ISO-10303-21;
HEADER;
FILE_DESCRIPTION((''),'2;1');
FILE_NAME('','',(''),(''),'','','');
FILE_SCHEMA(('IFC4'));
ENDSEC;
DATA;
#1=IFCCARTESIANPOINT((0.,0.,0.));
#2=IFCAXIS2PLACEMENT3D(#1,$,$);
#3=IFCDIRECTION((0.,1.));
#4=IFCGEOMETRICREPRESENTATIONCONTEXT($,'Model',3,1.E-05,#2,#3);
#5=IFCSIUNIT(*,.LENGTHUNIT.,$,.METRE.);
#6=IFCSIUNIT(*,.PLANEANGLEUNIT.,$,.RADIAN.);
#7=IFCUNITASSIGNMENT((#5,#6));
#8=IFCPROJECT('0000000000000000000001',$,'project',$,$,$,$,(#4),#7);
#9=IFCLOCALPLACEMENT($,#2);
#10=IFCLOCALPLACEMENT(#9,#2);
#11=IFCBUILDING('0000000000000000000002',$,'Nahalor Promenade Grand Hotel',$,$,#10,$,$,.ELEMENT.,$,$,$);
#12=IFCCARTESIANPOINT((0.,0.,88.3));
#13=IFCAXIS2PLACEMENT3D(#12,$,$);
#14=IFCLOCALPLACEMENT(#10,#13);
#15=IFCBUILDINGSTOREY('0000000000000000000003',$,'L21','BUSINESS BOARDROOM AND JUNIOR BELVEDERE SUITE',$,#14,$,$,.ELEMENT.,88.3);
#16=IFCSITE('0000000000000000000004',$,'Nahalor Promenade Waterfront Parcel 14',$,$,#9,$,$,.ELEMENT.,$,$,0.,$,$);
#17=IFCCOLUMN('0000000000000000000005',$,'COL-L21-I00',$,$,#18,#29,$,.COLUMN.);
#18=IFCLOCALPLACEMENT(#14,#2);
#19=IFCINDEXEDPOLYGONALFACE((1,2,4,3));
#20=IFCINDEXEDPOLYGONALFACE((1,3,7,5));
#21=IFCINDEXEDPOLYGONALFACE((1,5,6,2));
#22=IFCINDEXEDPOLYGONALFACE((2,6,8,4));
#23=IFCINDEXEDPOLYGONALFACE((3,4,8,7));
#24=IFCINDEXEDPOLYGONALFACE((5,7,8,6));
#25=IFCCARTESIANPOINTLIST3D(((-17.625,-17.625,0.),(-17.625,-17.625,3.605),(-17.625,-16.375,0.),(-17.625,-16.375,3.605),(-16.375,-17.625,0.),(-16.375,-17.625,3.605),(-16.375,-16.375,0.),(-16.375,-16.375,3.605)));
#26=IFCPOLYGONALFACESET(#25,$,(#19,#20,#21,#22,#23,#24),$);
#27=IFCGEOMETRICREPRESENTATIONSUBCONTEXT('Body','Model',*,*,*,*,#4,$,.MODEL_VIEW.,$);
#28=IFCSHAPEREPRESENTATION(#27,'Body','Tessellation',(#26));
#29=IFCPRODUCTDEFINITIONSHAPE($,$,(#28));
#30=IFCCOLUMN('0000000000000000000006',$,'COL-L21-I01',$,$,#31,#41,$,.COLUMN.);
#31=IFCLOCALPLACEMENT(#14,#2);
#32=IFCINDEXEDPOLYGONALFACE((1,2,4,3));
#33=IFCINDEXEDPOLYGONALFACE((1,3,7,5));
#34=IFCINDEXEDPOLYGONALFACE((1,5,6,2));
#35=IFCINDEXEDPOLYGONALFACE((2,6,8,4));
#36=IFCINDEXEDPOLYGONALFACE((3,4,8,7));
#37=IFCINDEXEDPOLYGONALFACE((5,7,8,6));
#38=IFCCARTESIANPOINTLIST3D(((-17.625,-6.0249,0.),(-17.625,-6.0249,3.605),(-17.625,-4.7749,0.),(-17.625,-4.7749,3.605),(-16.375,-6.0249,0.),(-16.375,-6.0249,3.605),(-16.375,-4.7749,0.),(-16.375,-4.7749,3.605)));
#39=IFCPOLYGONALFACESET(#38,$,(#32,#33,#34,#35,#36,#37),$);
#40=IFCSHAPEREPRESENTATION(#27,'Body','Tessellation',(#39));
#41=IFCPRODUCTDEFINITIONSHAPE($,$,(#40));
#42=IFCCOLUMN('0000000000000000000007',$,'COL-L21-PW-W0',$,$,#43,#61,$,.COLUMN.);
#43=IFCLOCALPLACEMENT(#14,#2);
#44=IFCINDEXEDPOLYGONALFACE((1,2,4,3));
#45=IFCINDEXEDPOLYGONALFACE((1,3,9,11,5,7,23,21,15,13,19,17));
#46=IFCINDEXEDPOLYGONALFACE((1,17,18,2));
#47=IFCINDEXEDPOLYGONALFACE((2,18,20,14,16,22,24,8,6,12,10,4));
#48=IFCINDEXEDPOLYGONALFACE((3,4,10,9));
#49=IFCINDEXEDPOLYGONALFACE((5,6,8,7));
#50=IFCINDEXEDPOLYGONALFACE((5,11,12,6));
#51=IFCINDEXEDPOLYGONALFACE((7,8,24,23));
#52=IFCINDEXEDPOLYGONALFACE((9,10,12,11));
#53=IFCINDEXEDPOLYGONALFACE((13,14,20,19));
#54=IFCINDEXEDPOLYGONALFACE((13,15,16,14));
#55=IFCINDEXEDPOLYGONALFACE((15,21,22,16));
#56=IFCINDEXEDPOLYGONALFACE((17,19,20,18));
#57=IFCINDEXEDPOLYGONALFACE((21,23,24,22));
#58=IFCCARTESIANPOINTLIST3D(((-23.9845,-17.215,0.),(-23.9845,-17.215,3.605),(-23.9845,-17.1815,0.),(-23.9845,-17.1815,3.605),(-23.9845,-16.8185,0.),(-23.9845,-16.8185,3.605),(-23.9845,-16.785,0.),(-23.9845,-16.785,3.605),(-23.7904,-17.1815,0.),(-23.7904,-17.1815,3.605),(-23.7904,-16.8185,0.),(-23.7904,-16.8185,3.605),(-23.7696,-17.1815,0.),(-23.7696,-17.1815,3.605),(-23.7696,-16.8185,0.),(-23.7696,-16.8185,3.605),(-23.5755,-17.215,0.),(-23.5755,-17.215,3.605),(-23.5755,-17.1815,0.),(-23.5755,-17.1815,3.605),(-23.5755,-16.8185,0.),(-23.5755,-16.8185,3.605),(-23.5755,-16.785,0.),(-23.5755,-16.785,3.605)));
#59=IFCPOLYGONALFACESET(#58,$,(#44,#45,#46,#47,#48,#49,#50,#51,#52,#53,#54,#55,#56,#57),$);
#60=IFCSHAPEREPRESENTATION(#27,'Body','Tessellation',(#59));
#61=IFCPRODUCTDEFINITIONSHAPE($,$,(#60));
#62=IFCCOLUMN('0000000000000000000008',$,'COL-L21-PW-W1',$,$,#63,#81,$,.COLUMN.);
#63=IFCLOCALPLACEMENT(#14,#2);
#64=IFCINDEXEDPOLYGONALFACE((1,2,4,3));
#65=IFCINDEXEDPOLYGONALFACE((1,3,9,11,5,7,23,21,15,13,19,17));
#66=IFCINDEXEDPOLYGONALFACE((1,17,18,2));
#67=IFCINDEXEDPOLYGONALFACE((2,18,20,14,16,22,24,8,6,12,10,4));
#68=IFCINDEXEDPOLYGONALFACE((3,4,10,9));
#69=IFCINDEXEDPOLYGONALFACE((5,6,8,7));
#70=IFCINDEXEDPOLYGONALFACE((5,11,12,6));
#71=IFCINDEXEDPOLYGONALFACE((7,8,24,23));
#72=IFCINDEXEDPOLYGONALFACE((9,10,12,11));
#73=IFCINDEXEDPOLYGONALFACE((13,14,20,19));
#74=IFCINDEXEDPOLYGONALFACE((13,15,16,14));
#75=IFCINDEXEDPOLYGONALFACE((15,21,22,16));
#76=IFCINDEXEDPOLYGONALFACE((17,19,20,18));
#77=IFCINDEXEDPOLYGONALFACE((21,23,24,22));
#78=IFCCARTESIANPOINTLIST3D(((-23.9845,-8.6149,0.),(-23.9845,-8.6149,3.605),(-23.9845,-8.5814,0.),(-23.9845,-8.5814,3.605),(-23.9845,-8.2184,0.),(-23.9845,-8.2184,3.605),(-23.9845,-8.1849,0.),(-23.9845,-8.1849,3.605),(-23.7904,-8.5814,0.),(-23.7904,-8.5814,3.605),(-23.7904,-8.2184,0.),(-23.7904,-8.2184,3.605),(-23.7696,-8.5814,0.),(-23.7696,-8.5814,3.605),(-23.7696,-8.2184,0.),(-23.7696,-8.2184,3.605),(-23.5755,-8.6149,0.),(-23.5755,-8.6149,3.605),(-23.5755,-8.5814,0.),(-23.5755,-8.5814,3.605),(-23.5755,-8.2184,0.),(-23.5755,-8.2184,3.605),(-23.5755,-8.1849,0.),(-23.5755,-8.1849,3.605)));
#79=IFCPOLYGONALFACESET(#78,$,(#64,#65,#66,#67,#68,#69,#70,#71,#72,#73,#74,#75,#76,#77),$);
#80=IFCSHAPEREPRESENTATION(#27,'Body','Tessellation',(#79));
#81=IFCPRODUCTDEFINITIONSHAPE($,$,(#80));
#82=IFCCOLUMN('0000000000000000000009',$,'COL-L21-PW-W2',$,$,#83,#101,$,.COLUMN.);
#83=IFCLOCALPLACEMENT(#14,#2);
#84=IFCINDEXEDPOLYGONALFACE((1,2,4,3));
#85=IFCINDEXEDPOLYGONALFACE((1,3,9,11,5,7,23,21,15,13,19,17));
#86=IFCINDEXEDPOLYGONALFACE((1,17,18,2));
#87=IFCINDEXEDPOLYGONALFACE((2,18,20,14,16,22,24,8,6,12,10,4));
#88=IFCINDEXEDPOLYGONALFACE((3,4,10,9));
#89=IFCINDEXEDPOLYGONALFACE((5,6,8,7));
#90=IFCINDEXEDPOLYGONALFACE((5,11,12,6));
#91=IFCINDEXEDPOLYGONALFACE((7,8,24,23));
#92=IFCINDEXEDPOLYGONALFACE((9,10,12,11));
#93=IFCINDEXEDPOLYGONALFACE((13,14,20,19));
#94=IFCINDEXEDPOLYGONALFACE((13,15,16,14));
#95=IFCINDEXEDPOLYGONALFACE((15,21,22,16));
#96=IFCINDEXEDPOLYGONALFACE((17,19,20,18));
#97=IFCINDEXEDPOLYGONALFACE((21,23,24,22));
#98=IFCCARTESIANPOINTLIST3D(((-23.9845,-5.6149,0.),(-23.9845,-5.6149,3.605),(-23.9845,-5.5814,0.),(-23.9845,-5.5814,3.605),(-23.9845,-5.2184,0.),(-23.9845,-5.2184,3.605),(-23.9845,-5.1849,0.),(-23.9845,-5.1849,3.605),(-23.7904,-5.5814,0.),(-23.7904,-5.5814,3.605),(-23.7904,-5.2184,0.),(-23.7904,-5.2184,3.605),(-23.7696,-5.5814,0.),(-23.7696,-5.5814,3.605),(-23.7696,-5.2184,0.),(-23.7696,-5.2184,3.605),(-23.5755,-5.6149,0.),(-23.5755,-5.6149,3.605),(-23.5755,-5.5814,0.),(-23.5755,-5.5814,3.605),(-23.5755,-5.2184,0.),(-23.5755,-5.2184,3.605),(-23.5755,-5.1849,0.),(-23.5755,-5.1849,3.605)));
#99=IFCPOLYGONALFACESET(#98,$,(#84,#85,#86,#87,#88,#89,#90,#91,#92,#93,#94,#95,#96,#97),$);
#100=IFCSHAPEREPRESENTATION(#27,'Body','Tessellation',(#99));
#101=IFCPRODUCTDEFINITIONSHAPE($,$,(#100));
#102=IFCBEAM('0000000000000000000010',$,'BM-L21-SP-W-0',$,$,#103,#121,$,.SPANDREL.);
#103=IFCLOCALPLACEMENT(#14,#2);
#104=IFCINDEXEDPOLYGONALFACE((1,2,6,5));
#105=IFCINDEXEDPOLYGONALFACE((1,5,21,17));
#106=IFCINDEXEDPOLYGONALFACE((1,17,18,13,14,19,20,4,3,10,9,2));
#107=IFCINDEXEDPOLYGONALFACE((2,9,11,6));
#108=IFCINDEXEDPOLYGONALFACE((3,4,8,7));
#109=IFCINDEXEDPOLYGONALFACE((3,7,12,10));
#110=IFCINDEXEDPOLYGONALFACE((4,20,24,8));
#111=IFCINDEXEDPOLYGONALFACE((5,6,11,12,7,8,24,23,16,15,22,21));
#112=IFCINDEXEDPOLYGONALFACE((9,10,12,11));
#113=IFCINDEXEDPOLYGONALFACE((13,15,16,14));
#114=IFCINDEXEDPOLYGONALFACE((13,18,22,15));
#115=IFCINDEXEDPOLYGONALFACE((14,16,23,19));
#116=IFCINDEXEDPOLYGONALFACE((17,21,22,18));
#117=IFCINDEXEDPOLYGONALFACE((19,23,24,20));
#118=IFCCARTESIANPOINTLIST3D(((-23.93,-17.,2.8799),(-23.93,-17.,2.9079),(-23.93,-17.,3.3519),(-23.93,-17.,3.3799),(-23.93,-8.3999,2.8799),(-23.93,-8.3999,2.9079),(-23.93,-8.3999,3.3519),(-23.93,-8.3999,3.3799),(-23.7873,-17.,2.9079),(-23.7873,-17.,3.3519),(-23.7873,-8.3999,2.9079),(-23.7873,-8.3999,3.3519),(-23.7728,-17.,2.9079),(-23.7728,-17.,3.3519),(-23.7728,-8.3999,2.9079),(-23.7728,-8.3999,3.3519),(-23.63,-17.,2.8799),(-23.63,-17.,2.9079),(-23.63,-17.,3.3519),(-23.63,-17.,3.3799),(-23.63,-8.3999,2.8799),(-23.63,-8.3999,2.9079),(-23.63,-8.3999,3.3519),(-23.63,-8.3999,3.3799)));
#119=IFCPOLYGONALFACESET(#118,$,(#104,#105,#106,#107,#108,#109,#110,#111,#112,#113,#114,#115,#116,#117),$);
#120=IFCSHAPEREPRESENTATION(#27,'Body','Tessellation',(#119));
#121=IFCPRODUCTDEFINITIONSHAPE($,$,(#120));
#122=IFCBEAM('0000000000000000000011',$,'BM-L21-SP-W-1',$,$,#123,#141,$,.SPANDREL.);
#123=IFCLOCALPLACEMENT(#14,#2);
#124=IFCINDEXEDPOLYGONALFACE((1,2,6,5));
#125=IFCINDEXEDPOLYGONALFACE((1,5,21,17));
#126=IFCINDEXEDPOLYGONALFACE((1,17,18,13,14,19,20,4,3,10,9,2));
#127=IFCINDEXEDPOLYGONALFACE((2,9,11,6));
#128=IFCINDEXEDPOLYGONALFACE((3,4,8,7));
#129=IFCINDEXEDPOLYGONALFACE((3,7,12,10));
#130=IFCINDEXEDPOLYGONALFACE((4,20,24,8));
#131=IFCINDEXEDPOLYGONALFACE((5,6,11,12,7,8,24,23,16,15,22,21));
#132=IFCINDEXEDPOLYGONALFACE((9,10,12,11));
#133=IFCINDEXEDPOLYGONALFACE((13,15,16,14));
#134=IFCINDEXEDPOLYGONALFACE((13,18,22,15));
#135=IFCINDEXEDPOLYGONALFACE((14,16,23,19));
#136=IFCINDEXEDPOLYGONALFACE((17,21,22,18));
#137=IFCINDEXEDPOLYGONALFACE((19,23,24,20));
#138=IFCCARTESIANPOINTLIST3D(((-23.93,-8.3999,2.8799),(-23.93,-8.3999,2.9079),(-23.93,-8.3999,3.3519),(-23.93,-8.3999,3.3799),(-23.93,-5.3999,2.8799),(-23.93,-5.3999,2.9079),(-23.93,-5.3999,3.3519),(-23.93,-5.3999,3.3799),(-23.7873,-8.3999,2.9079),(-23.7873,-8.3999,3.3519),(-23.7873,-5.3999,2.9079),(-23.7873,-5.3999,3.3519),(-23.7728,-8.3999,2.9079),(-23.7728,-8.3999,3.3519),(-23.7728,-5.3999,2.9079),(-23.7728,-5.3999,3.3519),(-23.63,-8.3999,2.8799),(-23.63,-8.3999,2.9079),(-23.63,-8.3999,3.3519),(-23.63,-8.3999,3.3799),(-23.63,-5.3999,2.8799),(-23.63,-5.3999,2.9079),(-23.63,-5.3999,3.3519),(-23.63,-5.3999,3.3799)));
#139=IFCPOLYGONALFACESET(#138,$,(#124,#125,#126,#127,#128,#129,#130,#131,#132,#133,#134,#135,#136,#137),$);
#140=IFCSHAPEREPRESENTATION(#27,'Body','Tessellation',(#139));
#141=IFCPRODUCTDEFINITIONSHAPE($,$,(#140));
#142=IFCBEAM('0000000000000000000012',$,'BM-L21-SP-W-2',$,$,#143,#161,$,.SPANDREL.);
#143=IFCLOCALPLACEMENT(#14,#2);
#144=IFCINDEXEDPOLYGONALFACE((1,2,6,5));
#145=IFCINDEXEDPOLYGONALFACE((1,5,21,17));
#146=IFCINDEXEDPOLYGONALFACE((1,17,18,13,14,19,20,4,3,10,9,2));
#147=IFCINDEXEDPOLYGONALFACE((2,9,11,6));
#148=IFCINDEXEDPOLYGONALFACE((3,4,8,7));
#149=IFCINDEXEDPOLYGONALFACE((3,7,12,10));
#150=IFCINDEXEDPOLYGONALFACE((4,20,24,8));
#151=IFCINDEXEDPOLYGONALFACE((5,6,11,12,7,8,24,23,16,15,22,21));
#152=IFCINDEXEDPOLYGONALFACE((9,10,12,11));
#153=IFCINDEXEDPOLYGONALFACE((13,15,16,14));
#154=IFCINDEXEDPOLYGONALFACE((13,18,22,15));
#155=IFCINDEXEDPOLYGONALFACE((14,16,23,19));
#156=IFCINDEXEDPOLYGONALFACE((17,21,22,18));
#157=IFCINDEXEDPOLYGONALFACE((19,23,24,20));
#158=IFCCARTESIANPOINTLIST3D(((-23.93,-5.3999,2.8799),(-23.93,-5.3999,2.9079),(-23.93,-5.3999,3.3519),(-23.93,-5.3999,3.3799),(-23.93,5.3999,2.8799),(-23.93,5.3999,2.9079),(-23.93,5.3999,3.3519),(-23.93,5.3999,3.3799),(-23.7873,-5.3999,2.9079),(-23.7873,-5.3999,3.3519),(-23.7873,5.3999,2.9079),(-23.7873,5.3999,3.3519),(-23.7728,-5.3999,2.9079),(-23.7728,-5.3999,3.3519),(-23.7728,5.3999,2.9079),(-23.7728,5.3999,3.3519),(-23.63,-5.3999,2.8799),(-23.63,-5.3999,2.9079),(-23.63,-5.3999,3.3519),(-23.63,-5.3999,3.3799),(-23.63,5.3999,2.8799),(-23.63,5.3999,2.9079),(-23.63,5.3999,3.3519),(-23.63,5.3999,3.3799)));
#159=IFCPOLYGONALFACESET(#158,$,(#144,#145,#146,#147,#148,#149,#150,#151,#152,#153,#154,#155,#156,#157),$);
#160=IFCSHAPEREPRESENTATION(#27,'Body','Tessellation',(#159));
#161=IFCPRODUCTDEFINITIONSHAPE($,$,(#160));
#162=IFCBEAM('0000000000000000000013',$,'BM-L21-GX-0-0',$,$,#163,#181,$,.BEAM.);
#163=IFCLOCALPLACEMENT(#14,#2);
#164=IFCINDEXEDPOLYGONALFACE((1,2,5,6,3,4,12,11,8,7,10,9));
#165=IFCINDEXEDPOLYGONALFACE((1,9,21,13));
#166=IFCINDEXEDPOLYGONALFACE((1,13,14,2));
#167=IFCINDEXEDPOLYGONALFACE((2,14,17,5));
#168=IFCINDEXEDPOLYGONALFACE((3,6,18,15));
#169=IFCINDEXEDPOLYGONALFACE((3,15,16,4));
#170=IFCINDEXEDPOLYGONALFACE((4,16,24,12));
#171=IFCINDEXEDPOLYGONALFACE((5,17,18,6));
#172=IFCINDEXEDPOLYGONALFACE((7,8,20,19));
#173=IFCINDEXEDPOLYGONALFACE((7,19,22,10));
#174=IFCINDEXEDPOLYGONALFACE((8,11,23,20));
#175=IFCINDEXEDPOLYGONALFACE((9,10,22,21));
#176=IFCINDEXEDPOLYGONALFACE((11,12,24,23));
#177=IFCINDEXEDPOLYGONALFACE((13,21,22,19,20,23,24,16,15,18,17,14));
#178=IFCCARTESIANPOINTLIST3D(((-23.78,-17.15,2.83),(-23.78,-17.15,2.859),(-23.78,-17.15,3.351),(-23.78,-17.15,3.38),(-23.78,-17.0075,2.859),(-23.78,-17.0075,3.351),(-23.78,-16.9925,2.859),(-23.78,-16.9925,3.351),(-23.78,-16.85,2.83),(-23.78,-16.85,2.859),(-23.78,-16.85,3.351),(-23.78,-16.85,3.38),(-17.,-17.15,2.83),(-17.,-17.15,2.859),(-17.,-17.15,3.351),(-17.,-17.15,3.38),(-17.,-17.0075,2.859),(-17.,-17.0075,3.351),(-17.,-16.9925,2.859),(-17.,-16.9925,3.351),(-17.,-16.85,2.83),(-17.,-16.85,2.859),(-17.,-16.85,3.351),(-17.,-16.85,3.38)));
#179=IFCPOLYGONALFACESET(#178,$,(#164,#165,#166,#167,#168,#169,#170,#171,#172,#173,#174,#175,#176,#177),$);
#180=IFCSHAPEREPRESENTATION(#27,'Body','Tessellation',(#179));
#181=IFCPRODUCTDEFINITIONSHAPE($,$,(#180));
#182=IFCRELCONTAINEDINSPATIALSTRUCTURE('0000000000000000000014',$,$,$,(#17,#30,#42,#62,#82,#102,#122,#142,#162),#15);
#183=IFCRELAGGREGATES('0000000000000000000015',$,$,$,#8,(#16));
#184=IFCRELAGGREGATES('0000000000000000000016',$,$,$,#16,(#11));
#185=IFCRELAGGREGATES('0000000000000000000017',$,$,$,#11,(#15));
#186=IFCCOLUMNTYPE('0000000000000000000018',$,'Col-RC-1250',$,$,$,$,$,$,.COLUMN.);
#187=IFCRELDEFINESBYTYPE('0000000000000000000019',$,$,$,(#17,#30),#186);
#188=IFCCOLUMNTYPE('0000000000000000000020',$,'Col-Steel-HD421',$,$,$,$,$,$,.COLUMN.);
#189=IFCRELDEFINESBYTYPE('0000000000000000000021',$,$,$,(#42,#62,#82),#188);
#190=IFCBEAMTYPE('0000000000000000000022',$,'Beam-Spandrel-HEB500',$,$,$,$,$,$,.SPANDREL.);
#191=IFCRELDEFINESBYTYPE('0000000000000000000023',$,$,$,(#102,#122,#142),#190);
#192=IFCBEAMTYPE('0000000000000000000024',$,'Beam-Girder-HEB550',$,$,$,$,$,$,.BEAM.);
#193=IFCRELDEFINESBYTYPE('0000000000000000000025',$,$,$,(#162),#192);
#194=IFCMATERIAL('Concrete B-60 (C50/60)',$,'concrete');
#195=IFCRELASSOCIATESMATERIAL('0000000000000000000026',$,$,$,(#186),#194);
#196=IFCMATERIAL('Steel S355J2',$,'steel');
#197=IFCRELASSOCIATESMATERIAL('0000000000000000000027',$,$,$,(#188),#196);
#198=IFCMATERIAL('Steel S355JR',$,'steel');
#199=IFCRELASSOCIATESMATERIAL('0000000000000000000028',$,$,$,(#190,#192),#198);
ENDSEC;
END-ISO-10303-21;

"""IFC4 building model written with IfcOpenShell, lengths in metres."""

from ifc_helpers import new_model, si_unit, direction, frame, origin, origin_2d, place, context, subcontext, project, spatial, rectangle, i_section, extrude, source, transform, mapped, material, material_profile, profile_set, type_object, element, save


model = new_model("IFC4")

# Units and contexts
model_context = context("Model", 3, precision=1e-05, world=origin(), true_north=direction((0.0, 1.0)))
body_context = subcontext(model_context, "Body", "Model", "MODEL_VIEW")
ifc_project = project(units=[si_unit("LENGTHUNIT", "METRE"), si_unit("PLANEANGLEUNIT", "RADIAN")], contexts=[model_context])

# Site, building, storey
site_placement = place(None, origin())
site = spatial("IfcSite", under=ifc_project, at=site_placement, Name="Nahalor Promenade Waterfront Parcel 14", CompositionType="ELEMENT", RefElevation=0.0)
building_placement = place(site_placement, origin())
building = spatial("IfcBuilding", under=site, at=building_placement, Name="Nahalor Promenade Grand Hotel", CompositionType="ELEMENT")
storey_placement = place(building_placement, frame((0.0, 0.0, 88.3)))
storey = spatial("IfcBuildingStorey", under=building, at=storey_placement, Name="L21", Description="BUSINESS BOARDROOM AND JUNIOR BELVEDERE SUITE", CompositionType="ELEMENT", Elevation=88.3)

# Columns
ifc_material_1 = material(Name="Concrete B-60 (C50/60)", Category="concrete")
ifc_material_profile_1 = material_profile(ifc_material_1, rectangle(XDim=1.25, YDim=1.25, at=origin_2d()), Name="RC 1250x1250")
ifc_profile_set_1 = profile_set([ifc_material_profile_1], Name="Concrete B-60 (C50/60)")
column_type_1 = type_object("IfcColumnType", Name="Col-RC-1250", PredefinedType="COLUMN", material=ifc_profile_set_1)
shared_shape_1 = source(origin(), body_context, "Body", "SweptSolid", [
    extrude(rectangle(XDim=1.25, YDim=1.25, at=origin_2d()), origin(), (0.0, 0.0, 1.0), 3.605),
])
for number, where, z_axis, x_axis, name in (
    (1, (-17.0, -17.0, 0.0), (0.0, 0.0, 1.0), (1.0, 0.0, 0.0), "COL-L21-I00"),
    (2, (-17.0, -5.3999, 0.0), (0.0, 0.0, 1.0), (1.0, 0.0, 0.0), "COL-L21-I01"),
):
    element("IfcColumn", number, at=place(storey_placement, frame(where, z_axis=z_axis, x_axis=x_axis)), inside=storey, type_object=column_type_1, Name=name, PredefinedType="COLUMN", context=body_context, shape_type="MappedRepresentation", body=[
        mapped(shared_shape_1, transform((0.0, 0.0, 0.0), scale=1.0)),
    ])
ifc_material_2 = material(Name="Steel S355J2", Category="steel")
ifc_material_profile_2 = material_profile(ifc_material_2, i_section(OverallWidth=0.409, OverallDepth=0.43, WebThickness=0.0208, FlangeThickness=0.0335, at=origin_2d()), Name="HD 400x421")
ifc_profile_set_2 = profile_set([ifc_material_profile_2], Name="Steel S355J2")
column_type_2 = type_object("IfcColumnType", Name="Col-Steel-HD421", PredefinedType="COLUMN", material=ifc_profile_set_2)
shared_shape_2 = source(origin(), body_context, "Body", "SweptSolid", [
    extrude(i_section(OverallWidth=0.409, OverallDepth=0.43, WebThickness=0.0208, FlangeThickness=0.0335, at=origin_2d()), origin(), (0.0, 0.0, 1.0), 3.605),
])
for number, where, z_axis, x_axis, name in (
    (3, (-23.78, -17.0, 0.0), (0.0, 0.0, 1.0), (1.0, 0.0, 0.0), "COL-L21-PW-W0"),
    (4, (-23.78, -8.3999, 0.0), (0.0, 0.0, 1.0), (1.0, 0.0, 0.0), "COL-L21-PW-W1"),
    (5, (-23.78, -5.3999, 0.0), (0.0, 0.0, 1.0), (1.0, 0.0, 0.0), "COL-L21-PW-W2"),
):
    element("IfcColumn", number, at=place(storey_placement, frame(where, z_axis=z_axis, x_axis=x_axis)), inside=storey, type_object=column_type_2, Name=name, PredefinedType="COLUMN", context=body_context, shape_type="MappedRepresentation", body=[
        mapped(shared_shape_2, transform((0.0, 0.0, 0.0), scale=1.0)),
    ])

# Beams
ifc_material_3 = material(Name="Steel S355JR", Category="steel")
ifc_material_profile_3 = material_profile(ifc_material_3, i_section(OverallWidth=0.3, OverallDepth=0.5, WebThickness=0.0145, FlangeThickness=0.028, at=origin_2d()), Name="HEB 500")
ifc_profile_set_3 = profile_set([ifc_material_profile_3], Name="Steel S355JR")
beam_type_1 = type_object("IfcBeamType", Name="Beam-Spandrel-HEB500", PredefinedType="SPANDREL", material=ifc_profile_set_3)
shared_shape_3 = source(origin(), body_context, "Body", "SweptSolid", [
    extrude(i_section(OverallWidth=0.3, OverallDepth=0.5, WebThickness=0.0145, FlangeThickness=0.028, at=origin_2d()), origin(), (0.0, 0.0, 1.0), 8.6001),
])
beam_1_placement = place(storey_placement, frame((-23.78, -17.0, 3.1299), z_axis=(0.0, 1.0, 0.0), x_axis=(-1.0, 0.0, 0.0)))
element("IfcBeam", 6, at=beam_1_placement, inside=storey, type_object=beam_type_1, Name="BM-L21-SP-W-0", PredefinedType="SPANDREL", context=body_context, shape_type="MappedRepresentation", body=[
    mapped(shared_shape_3, transform((0.0, 0.0, 0.0), scale=1.0)),
])
shared_shape_4 = source(origin(), body_context, "Body", "SweptSolid", [
    extrude(i_section(OverallWidth=0.3, OverallDepth=0.5, WebThickness=0.0145, FlangeThickness=0.028, at=origin_2d()), origin(), (0.0, 0.0, 1.0), 3.0),
])
beam_2_placement = place(storey_placement, frame((-23.78, -8.3999, 3.1299), z_axis=(0.0, 1.0, 0.0), x_axis=(-1.0, 0.0, 0.0)))
element("IfcBeam", 7, at=beam_2_placement, inside=storey, type_object=beam_type_1, Name="BM-L21-SP-W-1", PredefinedType="SPANDREL", context=body_context, shape_type="MappedRepresentation", body=[
    mapped(shared_shape_4, transform((0.0, 0.0, 0.0), scale=1.0)),
])
shared_shape_5 = source(origin(), body_context, "Body", "SweptSolid", [
    extrude(i_section(OverallWidth=0.3, OverallDepth=0.5, WebThickness=0.0145, FlangeThickness=0.028, at=origin_2d()), origin(), (0.0, 0.0, 1.0), 10.7998),
])
beam_3_placement = place(storey_placement, frame((-23.78, -5.3999, 3.1299), z_axis=(0.0, 1.0, 0.0), x_axis=(-1.0, 0.0, 0.0)))
element("IfcBeam", 8, at=beam_3_placement, inside=storey, type_object=beam_type_1, Name="BM-L21-SP-W-2", PredefinedType="SPANDREL", context=body_context, shape_type="MappedRepresentation", body=[
    mapped(shared_shape_5, transform((0.0, 0.0, 0.0), scale=1.0)),
])
ifc_material_profile_4 = material_profile(ifc_material_3, i_section(OverallWidth=0.3, OverallDepth=0.55, WebThickness=0.015, FlangeThickness=0.029, at=origin_2d()), Name="HEB 550")
ifc_profile_set_4 = profile_set([ifc_material_profile_4], Name="Steel S355JR")
beam_type_2 = type_object("IfcBeamType", Name="Beam-Girder-HEB550", PredefinedType="BEAM", material=ifc_profile_set_4)
shared_shape_6 = source(origin(), body_context, "Body", "SweptSolid", [
    extrude(i_section(OverallWidth=0.3, OverallDepth=0.55, WebThickness=0.015, FlangeThickness=0.029, at=origin_2d()), origin(), (0.0, 0.0, 1.0), 6.78),
])
for number, where, z_axis, x_axis, name in (
    (9, (-23.78, -17.0, 3.105), (1.0, 0.0, 0.0), (0.0, 1.0, 0.0), "BM-L21-GX-0-0"),
):
    element("IfcBeam", number, at=place(storey_placement, frame(where, z_axis=z_axis, x_axis=x_axis)), inside=storey, type_object=beam_type_2, Name=name, PredefinedType="BEAM", context=body_context, shape_type="MappedRepresentation", body=[
        mapped(shared_shape_6, transform((0.0, 0.0, 0.0), scale=1.0)),
    ])

save(model, "model.ifc")
